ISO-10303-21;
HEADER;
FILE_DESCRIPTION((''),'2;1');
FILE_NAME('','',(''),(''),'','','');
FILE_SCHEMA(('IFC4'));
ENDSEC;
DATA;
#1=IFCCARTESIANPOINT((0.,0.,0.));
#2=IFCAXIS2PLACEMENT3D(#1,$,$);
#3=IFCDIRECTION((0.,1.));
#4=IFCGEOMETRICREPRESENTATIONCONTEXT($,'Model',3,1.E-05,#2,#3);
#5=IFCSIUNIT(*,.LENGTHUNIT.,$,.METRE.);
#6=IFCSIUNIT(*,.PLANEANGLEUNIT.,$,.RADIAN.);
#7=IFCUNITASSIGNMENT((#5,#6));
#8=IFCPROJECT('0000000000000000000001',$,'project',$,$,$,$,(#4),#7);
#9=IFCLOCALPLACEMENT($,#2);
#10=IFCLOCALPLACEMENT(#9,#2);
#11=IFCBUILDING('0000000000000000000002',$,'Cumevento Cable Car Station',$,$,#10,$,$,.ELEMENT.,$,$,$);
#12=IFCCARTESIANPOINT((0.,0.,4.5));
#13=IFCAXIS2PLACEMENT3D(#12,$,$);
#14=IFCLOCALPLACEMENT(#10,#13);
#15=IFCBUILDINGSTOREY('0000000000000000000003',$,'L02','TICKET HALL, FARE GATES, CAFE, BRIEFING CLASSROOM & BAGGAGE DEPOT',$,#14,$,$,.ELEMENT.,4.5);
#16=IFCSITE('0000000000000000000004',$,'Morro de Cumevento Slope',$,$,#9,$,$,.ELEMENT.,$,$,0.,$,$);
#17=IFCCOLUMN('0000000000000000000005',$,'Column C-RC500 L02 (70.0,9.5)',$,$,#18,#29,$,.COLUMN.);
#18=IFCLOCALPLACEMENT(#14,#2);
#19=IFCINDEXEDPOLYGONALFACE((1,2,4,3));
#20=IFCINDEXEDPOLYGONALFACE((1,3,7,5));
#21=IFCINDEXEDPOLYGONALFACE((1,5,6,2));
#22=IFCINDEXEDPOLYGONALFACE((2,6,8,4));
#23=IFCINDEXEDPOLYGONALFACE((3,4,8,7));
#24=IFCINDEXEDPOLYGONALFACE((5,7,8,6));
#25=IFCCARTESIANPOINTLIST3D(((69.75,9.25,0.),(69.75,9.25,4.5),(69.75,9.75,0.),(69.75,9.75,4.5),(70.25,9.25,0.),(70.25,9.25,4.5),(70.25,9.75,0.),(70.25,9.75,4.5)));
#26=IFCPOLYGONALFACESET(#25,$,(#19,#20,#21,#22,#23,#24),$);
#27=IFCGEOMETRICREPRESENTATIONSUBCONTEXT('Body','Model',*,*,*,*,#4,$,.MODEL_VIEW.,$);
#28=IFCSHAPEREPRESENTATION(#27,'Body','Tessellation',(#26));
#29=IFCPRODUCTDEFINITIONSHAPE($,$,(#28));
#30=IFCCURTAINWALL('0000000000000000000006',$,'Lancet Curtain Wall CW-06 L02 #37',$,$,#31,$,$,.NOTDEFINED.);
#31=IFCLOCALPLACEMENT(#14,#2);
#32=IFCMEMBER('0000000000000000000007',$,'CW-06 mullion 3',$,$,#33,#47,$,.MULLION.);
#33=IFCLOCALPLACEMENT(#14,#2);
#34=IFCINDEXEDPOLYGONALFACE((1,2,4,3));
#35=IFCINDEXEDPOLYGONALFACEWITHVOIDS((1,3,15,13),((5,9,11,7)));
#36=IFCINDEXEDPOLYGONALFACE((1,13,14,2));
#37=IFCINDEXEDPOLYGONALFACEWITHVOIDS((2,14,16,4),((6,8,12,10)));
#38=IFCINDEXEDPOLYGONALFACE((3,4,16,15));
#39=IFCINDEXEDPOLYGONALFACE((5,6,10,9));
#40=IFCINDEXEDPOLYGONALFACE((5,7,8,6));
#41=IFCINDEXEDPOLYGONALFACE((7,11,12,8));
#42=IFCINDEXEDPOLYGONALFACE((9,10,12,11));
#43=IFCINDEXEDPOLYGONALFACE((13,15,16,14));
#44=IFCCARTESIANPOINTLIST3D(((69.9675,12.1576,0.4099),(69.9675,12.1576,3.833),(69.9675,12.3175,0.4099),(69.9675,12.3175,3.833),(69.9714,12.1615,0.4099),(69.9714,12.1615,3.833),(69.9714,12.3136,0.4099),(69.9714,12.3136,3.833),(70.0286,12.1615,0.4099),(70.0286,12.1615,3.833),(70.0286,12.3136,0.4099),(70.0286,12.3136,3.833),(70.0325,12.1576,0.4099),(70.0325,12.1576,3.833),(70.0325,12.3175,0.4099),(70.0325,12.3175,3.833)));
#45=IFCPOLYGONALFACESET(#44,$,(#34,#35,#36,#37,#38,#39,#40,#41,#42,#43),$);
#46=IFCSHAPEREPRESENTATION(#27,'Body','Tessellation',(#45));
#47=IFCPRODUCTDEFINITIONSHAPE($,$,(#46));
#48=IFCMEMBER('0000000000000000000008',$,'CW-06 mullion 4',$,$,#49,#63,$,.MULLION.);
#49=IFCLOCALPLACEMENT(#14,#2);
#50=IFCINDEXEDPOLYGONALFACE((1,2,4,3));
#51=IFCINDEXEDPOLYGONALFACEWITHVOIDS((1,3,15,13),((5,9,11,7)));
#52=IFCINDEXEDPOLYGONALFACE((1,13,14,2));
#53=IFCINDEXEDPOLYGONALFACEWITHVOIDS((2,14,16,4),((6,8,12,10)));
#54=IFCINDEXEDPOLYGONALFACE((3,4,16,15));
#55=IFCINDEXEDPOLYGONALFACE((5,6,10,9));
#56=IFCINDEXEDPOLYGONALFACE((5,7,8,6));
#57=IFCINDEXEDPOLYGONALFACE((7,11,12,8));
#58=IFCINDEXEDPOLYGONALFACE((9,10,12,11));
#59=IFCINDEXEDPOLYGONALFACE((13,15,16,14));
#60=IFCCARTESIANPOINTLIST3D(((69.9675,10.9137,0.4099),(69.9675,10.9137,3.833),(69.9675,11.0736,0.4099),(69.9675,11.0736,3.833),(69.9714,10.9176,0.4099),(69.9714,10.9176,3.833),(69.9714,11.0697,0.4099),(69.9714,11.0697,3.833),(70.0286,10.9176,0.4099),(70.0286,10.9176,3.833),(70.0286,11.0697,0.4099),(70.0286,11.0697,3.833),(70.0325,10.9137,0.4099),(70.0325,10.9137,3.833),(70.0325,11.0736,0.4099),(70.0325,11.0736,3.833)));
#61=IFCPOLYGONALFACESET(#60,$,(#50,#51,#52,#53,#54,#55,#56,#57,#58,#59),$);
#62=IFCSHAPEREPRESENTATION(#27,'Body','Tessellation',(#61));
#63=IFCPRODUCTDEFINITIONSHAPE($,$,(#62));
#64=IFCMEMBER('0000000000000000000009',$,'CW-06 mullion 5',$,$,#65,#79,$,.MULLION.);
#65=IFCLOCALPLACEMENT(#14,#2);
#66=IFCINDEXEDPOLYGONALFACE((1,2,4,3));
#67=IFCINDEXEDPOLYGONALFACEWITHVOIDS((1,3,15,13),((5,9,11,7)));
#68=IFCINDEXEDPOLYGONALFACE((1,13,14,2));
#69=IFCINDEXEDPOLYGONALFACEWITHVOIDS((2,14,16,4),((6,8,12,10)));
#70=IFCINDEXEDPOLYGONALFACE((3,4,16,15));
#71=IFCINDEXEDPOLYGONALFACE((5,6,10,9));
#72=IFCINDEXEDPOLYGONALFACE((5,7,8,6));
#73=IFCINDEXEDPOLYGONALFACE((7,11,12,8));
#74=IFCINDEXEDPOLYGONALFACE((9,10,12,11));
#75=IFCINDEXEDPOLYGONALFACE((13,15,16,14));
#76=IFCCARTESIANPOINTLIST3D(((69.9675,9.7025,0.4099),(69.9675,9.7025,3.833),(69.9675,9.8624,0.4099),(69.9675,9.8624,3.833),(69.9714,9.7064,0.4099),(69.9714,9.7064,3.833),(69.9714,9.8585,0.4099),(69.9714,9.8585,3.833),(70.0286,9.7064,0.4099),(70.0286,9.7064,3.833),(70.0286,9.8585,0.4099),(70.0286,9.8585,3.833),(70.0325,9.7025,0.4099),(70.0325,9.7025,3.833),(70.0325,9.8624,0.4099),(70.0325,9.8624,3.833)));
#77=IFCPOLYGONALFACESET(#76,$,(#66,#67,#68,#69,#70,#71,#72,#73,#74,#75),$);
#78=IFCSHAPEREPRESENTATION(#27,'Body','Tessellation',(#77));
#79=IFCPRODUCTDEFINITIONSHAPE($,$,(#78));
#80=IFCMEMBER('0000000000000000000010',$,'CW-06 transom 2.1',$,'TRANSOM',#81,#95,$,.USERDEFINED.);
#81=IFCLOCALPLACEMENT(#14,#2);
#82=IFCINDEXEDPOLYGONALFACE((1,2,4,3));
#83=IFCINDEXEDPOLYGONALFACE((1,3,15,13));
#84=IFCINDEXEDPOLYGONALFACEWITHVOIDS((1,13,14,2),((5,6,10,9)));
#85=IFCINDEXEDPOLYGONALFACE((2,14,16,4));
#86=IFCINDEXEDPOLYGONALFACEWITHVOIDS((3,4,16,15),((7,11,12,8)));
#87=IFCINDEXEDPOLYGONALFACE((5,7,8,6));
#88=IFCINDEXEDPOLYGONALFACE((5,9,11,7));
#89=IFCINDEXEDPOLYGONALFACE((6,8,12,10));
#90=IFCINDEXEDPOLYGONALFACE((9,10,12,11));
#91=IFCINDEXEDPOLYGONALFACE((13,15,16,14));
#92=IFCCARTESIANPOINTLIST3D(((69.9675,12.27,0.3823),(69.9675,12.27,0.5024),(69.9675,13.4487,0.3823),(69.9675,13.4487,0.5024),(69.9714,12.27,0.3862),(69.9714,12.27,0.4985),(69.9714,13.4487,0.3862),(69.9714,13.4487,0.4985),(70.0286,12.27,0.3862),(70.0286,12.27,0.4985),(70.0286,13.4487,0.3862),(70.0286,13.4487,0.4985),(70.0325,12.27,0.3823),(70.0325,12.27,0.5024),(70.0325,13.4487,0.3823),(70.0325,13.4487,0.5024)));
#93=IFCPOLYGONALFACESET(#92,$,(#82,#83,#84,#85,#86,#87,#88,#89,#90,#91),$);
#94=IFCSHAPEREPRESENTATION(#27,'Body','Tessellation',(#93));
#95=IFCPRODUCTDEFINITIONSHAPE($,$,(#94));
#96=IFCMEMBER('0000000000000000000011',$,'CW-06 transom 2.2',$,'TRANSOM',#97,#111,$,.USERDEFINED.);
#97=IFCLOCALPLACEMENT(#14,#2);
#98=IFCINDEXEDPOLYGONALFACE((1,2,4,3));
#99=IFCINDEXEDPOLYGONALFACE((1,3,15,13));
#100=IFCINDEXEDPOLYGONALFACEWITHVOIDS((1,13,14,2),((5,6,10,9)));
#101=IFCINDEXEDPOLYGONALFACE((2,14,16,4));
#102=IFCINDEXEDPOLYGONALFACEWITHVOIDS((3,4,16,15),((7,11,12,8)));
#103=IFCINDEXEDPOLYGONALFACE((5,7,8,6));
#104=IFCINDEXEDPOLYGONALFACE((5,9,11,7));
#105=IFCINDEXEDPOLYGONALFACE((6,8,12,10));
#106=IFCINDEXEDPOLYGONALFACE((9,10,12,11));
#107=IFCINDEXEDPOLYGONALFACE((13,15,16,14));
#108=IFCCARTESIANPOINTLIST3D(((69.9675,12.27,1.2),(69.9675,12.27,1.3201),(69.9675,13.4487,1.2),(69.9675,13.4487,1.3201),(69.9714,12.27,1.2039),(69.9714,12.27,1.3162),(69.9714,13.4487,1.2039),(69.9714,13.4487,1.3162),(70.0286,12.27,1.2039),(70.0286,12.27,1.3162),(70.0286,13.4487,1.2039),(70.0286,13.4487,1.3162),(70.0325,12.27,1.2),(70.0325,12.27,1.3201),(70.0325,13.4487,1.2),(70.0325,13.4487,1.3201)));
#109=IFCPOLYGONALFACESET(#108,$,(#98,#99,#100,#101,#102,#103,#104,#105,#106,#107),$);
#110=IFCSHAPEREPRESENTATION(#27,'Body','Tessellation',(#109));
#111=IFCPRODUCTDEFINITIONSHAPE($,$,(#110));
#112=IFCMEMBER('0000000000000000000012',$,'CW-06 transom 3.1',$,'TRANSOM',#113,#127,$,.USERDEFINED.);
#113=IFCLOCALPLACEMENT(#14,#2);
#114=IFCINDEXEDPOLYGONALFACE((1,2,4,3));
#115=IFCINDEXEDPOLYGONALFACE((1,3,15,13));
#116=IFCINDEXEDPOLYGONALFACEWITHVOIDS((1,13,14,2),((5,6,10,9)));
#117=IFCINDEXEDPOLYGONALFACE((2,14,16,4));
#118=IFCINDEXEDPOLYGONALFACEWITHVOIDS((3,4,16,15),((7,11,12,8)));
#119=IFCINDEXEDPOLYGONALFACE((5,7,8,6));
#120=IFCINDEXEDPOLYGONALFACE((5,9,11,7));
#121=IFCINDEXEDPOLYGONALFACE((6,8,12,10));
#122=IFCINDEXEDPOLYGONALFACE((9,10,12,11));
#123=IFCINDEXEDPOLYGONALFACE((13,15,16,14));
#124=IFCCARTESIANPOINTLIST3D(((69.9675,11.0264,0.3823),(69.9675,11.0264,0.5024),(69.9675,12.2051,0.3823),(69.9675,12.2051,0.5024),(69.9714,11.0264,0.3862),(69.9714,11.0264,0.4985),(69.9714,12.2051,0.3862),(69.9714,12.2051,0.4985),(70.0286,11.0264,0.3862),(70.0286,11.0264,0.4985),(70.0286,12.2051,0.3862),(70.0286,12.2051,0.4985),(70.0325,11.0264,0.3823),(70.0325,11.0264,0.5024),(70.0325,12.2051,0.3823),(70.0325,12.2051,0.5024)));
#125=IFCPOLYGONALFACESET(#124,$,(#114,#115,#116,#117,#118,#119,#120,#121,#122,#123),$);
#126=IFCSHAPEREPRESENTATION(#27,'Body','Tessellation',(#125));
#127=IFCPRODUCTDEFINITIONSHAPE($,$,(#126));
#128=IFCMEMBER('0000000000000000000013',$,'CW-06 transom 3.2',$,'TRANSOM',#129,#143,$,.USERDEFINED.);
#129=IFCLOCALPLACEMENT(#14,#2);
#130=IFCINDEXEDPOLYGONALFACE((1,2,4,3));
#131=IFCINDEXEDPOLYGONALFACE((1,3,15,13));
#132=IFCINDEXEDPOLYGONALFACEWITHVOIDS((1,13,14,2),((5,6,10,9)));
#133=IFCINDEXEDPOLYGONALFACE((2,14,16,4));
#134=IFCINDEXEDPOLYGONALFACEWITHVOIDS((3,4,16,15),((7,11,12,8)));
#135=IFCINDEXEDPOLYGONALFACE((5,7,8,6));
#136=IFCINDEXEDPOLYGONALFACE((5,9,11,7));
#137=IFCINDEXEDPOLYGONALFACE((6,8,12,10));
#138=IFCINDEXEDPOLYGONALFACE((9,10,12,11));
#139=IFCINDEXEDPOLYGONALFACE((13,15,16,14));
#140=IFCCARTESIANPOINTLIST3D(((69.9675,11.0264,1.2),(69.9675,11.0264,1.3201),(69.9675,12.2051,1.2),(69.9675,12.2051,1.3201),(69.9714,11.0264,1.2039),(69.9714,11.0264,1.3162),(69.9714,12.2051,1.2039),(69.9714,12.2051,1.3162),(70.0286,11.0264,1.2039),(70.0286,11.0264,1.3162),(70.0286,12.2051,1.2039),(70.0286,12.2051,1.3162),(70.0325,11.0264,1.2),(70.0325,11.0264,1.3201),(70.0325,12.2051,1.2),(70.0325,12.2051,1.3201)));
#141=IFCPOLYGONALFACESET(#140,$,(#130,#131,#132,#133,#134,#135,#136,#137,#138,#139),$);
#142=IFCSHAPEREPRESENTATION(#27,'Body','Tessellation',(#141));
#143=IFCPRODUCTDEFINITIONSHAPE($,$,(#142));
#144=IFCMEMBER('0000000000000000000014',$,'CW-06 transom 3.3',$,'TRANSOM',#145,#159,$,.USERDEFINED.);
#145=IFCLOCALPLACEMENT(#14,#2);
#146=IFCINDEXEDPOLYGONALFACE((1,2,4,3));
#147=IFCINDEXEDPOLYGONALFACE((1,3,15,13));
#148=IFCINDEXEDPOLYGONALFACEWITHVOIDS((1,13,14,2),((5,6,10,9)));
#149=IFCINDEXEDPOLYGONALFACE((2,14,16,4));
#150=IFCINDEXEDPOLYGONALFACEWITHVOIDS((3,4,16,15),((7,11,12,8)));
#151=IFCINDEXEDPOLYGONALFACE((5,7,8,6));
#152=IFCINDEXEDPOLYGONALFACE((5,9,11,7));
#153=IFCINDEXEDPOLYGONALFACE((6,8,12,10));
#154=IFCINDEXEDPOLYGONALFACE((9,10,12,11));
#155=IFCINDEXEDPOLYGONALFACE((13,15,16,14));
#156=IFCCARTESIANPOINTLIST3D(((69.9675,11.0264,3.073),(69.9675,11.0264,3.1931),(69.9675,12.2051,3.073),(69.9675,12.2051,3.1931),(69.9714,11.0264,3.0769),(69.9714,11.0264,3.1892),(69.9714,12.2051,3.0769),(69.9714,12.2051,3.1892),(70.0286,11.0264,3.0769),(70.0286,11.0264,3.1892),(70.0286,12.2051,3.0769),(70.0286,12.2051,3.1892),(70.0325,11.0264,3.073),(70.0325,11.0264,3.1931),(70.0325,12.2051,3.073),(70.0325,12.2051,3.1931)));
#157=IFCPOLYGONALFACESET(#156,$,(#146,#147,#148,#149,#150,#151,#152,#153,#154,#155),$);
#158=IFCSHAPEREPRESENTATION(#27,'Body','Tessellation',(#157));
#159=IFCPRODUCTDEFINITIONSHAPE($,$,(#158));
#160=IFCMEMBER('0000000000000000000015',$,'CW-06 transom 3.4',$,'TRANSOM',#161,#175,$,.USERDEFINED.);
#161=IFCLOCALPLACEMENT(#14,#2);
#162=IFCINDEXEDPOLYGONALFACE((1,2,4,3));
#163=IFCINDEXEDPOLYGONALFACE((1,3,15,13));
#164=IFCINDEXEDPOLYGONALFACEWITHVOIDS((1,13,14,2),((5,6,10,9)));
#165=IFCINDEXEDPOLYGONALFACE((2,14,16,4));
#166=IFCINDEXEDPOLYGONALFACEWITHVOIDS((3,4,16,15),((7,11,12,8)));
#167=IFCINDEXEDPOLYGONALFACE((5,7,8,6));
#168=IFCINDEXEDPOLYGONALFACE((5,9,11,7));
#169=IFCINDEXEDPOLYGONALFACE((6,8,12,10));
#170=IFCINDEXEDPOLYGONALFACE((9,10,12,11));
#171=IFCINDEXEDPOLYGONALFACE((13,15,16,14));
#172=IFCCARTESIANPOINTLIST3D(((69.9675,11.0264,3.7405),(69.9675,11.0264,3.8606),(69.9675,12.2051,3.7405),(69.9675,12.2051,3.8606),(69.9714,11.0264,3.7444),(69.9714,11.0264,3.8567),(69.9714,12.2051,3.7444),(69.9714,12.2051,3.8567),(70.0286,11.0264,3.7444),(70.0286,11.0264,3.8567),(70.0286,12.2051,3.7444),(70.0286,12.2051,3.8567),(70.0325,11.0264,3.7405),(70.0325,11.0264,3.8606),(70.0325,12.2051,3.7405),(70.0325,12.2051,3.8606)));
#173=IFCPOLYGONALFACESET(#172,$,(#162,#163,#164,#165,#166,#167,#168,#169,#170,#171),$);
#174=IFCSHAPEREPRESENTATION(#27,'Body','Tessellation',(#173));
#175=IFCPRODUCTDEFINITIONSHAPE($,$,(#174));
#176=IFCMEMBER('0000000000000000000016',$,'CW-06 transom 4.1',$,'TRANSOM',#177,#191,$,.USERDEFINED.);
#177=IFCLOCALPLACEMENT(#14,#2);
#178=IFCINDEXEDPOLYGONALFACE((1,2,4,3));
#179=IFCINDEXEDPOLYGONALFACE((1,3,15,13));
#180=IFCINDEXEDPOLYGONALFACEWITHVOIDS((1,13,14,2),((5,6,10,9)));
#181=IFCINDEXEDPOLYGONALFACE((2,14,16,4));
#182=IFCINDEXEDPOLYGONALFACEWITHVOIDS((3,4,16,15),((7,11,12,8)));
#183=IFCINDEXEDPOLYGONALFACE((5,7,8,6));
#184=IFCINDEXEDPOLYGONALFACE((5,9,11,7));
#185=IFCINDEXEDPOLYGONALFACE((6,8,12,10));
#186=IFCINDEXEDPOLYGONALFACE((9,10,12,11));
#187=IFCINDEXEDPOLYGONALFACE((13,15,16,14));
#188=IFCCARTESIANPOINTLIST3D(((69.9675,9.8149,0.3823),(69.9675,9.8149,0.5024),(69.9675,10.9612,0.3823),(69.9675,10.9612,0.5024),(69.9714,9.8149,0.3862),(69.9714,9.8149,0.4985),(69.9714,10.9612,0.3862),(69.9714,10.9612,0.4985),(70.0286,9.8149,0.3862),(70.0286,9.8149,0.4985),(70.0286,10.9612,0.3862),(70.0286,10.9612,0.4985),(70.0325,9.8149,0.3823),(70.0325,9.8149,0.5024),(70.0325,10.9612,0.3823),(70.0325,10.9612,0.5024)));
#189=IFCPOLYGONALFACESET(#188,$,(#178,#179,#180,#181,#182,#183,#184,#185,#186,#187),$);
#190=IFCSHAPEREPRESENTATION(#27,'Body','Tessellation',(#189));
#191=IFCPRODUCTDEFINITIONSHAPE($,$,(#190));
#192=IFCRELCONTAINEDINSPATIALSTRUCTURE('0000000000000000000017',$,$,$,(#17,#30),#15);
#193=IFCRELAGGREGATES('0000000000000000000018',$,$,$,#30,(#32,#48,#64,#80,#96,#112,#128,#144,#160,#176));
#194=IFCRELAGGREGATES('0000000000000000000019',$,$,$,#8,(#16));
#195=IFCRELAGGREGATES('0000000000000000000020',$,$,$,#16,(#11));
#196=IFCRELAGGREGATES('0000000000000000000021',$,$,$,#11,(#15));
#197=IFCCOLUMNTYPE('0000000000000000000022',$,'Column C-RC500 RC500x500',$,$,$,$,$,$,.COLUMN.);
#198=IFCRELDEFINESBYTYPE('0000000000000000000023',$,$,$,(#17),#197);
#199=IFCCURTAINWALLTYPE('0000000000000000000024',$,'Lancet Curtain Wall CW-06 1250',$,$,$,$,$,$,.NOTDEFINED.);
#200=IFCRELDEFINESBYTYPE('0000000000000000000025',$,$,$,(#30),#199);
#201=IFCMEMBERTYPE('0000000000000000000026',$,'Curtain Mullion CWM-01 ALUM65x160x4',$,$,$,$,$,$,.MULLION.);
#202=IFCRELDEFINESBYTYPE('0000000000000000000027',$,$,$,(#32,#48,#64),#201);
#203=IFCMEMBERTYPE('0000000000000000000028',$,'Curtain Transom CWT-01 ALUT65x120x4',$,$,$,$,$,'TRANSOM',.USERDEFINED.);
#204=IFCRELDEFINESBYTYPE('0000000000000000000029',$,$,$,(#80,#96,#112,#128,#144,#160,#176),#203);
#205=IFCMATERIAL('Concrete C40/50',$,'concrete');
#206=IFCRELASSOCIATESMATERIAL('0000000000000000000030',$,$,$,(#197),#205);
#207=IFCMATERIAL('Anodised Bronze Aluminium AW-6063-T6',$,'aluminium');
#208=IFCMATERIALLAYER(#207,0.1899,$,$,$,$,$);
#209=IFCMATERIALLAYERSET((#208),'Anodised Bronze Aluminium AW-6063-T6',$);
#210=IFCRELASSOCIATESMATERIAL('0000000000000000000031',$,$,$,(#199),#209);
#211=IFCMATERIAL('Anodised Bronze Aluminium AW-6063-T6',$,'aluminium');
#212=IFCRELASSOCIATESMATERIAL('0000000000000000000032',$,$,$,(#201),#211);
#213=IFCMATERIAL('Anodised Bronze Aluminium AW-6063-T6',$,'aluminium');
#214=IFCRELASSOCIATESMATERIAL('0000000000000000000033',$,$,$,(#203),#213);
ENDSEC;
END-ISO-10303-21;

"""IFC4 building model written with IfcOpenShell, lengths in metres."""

from ifc_helpers import new_model, si_unit, direction, frame, origin, origin_2d, place, context, subcontext, project, spatial, rectangle, hollow_rectangle, extrude, material, layer, layer_set, material_profile, profile_set, type_object, element, aggregate, save


model = new_model("IFC4")

# Units and contexts
model_context = context("Model", 3, precision=1e-05, world=origin(), true_north=direction((0.0, 1.0)))
body_context = subcontext(model_context, "Body", "Model", "MODEL_VIEW")
ifc_project = project(units=[si_unit("LENGTHUNIT", "METRE"), si_unit("PLANEANGLEUNIT", "RADIAN")], contexts=[model_context])

# Site, building, storey
site_placement = place(None, origin())
site = spatial("IfcSite", under=ifc_project, at=site_placement, Name="Morro de Cumevento Slope", CompositionType="ELEMENT", RefElevation=0.0)
building_placement = place(site_placement, origin())
building = spatial("IfcBuilding", under=site, at=building_placement, Name="Cumevento Cable Car Station", CompositionType="ELEMENT")
storey_placement = place(building_placement, frame((0.0, 0.0, 4.5)))
storey = spatial("IfcBuildingStorey", under=building, at=storey_placement, Name="L02", Description="TICKET HALL, FARE GATES, CAFE, BRIEFING CLASSROOM & BAGGAGE DEPOT", CompositionType="ELEMENT", Elevation=4.5)

# Column
ifc_material_1 = material(Name="Concrete C40/50", Category="concrete")
ifc_material_profile_1 = material_profile(ifc_material_1, rectangle(XDim=0.5, YDim=0.5, at=origin_2d()), Name="RC500x500")
ifc_profile_set_1 = profile_set([ifc_material_profile_1], Name="Concrete C40/50")
column_type = type_object("IfcColumnType", Name="Column C-RC500 RC500x500", PredefinedType="COLUMN", material=ifc_profile_set_1)
column_placement = place(storey_placement, frame((70.0, 9.5, 0.0), z_axis=(0.0, 0.0, 1.0), x_axis=(1.0, 0.0, 0.0)))
element("IfcColumn", 1, at=column_placement, inside=storey, type_object=column_type, Name="Column C-RC500 L02 (70.0,9.5)", PredefinedType="COLUMN", context=body_context, shape_type="SweptSolid", body=[
    extrude(rectangle(XDim=0.5, YDim=0.5, at=origin_2d()), origin(), (0.0, 0.0, 1.0), 4.5),
])

# Curtain wall, members
ifc_material_2 = material(Name="Anodised Bronze Aluminium AW-6063-T6", Category="aluminium")
ifc_layer_1 = layer(ifc_material_2, 0.1899)
ifc_layer_set_1 = layer_set([ifc_layer_1], Name="Anodised Bronze Aluminium AW-6063-T6")
curtain_wall_type = type_object("IfcCurtainWallType", Name="Lancet Curtain Wall CW-06 1250", PredefinedType="NOTDEFINED", material=ifc_layer_set_1)
curtain_wall_placement = place(storey_placement, origin())
curtain_wall = element("IfcCurtainWall", 2, at=curtain_wall_placement, inside=storey, type_object=curtain_wall_type, Name="Lancet Curtain Wall CW-06 L02 #37", PredefinedType="NOTDEFINED")
ifc_material_3 = material(Name="Anodised Bronze Aluminium AW-6063-T6", Category="aluminium")
ifc_material_profile_2 = material_profile(ifc_material_3, hollow_rectangle(XDim=0.0649, YDim=0.1599, WallThickness=0.0039, at=origin_2d()), Name="ALUM65x160x4")
ifc_profile_set_2 = profile_set([ifc_material_profile_2], Name="Anodised Bronze Aluminium AW-6063-T6")
member_type_1 = type_object("IfcMemberType", Name="Curtain Mullion CWM-01 ALUM65x160x4", PredefinedType="MULLION", material=ifc_profile_set_2)
member_1_placement = place(storey_placement, frame((70.0, 12.2375, 0.4099), z_axis=(0.0, 0.0, 1.0), x_axis=(1.0, 0.0, 0.0)))
member_1 = element("IfcMember", 3, at=member_1_placement, type_object=member_type_1, Name="CW-06 mullion 3", PredefinedType="MULLION", context=body_context, shape_type="SweptSolid", body=[
    extrude(hollow_rectangle(XDim=0.0649, YDim=0.1599, WallThickness=0.0039, at=origin_2d()), origin(), (0.0, 0.0, 1.0), 3.4231),
])
member_2_placement = place(storey_placement, frame((70.0, 10.9937, 0.4099), z_axis=(0.0, 0.0, 1.0), x_axis=(1.0, 0.0, 0.0)))
member_2 = element("IfcMember", 4, at=member_2_placement, type_object=member_type_1, Name="CW-06 mullion 4", PredefinedType="MULLION", context=body_context, shape_type="SweptSolid", body=[
    extrude(hollow_rectangle(XDim=0.0649, YDim=0.1599, WallThickness=0.0039, at=origin_2d()), origin(), (0.0, 0.0, 1.0), 3.4231),
])
member_3_placement = place(storey_placement, frame((70.0, 9.7825, 0.4099), z_axis=(0.0, 0.0, 1.0), x_axis=(1.0, 0.0, 0.0)))
member_3 = element("IfcMember", 5, at=member_3_placement, type_object=member_type_1, Name="CW-06 mullion 5", PredefinedType="MULLION", context=body_context, shape_type="SweptSolid", body=[
    extrude(hollow_rectangle(XDim=0.0649, YDim=0.1599, WallThickness=0.0039, at=origin_2d()), origin(), (0.0, 0.0, 1.0), 3.4231),
])
ifc_material_4 = material(Name="Anodised Bronze Aluminium AW-6063-T6", Category="aluminium")
ifc_material_profile_3 = material_profile(ifc_material_4, hollow_rectangle(XDim=0.0649, YDim=0.1201, WallThickness=0.0039, at=origin_2d()), Name="ALUT65x120x4")
ifc_profile_set_3 = profile_set([ifc_material_profile_3], Name="Anodised Bronze Aluminium AW-6063-T6")
member_type_2 = type_object("IfcMemberType", Name="Curtain Transom CWT-01 ALUT65x120x4", ElementType="TRANSOM", PredefinedType="USERDEFINED", material=ifc_profile_set_3)
member_4_placement = place(storey_placement, frame((70.0, 13.4487, 0.4424), z_axis=(0.0, -1.0, 0.0), x_axis=(1.0, 0.0, 0.0)))
member_4 = element("IfcMember", 6, at=member_4_placement, type_object=member_type_2, Name="CW-06 transom 2.1", ObjectType="TRANSOM", PredefinedType="USERDEFINED", context=body_context, shape_type="SweptSolid", body=[
    extrude(hollow_rectangle(XDim=0.0649, YDim=0.1201, WallThickness=0.0039, at=origin_2d()), origin(), (0.0, 0.0, 1.0), 1.1787),
])
member_5_placement = place(storey_placement, frame((70.0, 13.4487, 1.26), z_axis=(0.0, -1.0, 0.0), x_axis=(1.0, 0.0, 0.0)))
member_5 = element("IfcMember", 7, at=member_5_placement, type_object=member_type_2, Name="CW-06 transom 2.2", ObjectType="TRANSOM", PredefinedType="USERDEFINED", context=body_context, shape_type="SweptSolid", body=[
    extrude(hollow_rectangle(XDim=0.0649, YDim=0.1201, WallThickness=0.0039, at=origin_2d()), origin(), (0.0, 0.0, 1.0), 1.1787),
])
member_6_placement = place(storey_placement, frame((70.0, 12.2051, 0.4424), z_axis=(0.0, -1.0, 0.0), x_axis=(1.0, 0.0, 0.0)))
member_6 = element("IfcMember", 8, at=member_6_placement, type_object=member_type_2, Name="CW-06 transom 3.1", ObjectType="TRANSOM", PredefinedType="USERDEFINED", context=body_context, shape_type="SweptSolid", body=[
    extrude(hollow_rectangle(XDim=0.0649, YDim=0.1201, WallThickness=0.0039, at=origin_2d()), origin(), (0.0, 0.0, 1.0), 1.1787),
])
member_7_placement = place(storey_placement, frame((70.0, 12.2051, 1.26), z_axis=(0.0, -1.0, 0.0), x_axis=(1.0, 0.0, 0.0)))
member_7 = element("IfcMember", 9, at=member_7_placement, type_object=member_type_2, Name="CW-06 transom 3.2", ObjectType="TRANSOM", PredefinedType="USERDEFINED", context=body_context, shape_type="SweptSolid", body=[
    extrude(hollow_rectangle(XDim=0.0649, YDim=0.1201, WallThickness=0.0039, at=origin_2d()), origin(), (0.0, 0.0, 1.0), 1.1787),
])
member_8_placement = place(storey_placement, frame((70.0, 12.2051, 3.1331), z_axis=(0.0, -1.0, 0.0), x_axis=(1.0, 0.0, 0.0)))
member_8 = element("IfcMember", 10, at=member_8_placement, type_object=member_type_2, Name="CW-06 transom 3.3", ObjectType="TRANSOM", PredefinedType="USERDEFINED", context=body_context, shape_type="SweptSolid", body=[
    extrude(hollow_rectangle(XDim=0.0649, YDim=0.1201, WallThickness=0.0039, at=origin_2d()), origin(), (0.0, 0.0, 1.0), 1.1787),
])
member_9_placement = place(storey_placement, frame((70.0, 12.2051, 3.8005), z_axis=(0.0, -1.0, 0.0), x_axis=(1.0, 0.0, 0.0)))
member_9 = element("IfcMember", 11, at=member_9_placement, type_object=member_type_2, Name="CW-06 transom 3.4", ObjectType="TRANSOM", PredefinedType="USERDEFINED", context=body_context, shape_type="SweptSolid", body=[
    extrude(hollow_rectangle(XDim=0.0649, YDim=0.1201, WallThickness=0.0039, at=origin_2d()), origin(), (0.0, 0.0, 1.0), 1.1787),
])
member_10_placement = place(storey_placement, frame((70.0, 10.9612, 0.4424), z_axis=(0.0, -1.0, 0.0), x_axis=(1.0, 0.0, 0.0)))
member_10 = element("IfcMember", 12, at=member_10_placement, type_object=member_type_2, Name="CW-06 transom 4.1", ObjectType="TRANSOM", PredefinedType="USERDEFINED", context=body_context, shape_type="SweptSolid", body=[
    extrude(hollow_rectangle(XDim=0.0649, YDim=0.1201, WallThickness=0.0039, at=origin_2d()), origin(), (0.0, 0.0, 1.0), 1.1462),
])

aggregate(curtain_wall, [member_1, member_2, member_3, member_4, member_5, member_6, member_7, member_8, member_9, member_10])

save(model, "model.ifc")
